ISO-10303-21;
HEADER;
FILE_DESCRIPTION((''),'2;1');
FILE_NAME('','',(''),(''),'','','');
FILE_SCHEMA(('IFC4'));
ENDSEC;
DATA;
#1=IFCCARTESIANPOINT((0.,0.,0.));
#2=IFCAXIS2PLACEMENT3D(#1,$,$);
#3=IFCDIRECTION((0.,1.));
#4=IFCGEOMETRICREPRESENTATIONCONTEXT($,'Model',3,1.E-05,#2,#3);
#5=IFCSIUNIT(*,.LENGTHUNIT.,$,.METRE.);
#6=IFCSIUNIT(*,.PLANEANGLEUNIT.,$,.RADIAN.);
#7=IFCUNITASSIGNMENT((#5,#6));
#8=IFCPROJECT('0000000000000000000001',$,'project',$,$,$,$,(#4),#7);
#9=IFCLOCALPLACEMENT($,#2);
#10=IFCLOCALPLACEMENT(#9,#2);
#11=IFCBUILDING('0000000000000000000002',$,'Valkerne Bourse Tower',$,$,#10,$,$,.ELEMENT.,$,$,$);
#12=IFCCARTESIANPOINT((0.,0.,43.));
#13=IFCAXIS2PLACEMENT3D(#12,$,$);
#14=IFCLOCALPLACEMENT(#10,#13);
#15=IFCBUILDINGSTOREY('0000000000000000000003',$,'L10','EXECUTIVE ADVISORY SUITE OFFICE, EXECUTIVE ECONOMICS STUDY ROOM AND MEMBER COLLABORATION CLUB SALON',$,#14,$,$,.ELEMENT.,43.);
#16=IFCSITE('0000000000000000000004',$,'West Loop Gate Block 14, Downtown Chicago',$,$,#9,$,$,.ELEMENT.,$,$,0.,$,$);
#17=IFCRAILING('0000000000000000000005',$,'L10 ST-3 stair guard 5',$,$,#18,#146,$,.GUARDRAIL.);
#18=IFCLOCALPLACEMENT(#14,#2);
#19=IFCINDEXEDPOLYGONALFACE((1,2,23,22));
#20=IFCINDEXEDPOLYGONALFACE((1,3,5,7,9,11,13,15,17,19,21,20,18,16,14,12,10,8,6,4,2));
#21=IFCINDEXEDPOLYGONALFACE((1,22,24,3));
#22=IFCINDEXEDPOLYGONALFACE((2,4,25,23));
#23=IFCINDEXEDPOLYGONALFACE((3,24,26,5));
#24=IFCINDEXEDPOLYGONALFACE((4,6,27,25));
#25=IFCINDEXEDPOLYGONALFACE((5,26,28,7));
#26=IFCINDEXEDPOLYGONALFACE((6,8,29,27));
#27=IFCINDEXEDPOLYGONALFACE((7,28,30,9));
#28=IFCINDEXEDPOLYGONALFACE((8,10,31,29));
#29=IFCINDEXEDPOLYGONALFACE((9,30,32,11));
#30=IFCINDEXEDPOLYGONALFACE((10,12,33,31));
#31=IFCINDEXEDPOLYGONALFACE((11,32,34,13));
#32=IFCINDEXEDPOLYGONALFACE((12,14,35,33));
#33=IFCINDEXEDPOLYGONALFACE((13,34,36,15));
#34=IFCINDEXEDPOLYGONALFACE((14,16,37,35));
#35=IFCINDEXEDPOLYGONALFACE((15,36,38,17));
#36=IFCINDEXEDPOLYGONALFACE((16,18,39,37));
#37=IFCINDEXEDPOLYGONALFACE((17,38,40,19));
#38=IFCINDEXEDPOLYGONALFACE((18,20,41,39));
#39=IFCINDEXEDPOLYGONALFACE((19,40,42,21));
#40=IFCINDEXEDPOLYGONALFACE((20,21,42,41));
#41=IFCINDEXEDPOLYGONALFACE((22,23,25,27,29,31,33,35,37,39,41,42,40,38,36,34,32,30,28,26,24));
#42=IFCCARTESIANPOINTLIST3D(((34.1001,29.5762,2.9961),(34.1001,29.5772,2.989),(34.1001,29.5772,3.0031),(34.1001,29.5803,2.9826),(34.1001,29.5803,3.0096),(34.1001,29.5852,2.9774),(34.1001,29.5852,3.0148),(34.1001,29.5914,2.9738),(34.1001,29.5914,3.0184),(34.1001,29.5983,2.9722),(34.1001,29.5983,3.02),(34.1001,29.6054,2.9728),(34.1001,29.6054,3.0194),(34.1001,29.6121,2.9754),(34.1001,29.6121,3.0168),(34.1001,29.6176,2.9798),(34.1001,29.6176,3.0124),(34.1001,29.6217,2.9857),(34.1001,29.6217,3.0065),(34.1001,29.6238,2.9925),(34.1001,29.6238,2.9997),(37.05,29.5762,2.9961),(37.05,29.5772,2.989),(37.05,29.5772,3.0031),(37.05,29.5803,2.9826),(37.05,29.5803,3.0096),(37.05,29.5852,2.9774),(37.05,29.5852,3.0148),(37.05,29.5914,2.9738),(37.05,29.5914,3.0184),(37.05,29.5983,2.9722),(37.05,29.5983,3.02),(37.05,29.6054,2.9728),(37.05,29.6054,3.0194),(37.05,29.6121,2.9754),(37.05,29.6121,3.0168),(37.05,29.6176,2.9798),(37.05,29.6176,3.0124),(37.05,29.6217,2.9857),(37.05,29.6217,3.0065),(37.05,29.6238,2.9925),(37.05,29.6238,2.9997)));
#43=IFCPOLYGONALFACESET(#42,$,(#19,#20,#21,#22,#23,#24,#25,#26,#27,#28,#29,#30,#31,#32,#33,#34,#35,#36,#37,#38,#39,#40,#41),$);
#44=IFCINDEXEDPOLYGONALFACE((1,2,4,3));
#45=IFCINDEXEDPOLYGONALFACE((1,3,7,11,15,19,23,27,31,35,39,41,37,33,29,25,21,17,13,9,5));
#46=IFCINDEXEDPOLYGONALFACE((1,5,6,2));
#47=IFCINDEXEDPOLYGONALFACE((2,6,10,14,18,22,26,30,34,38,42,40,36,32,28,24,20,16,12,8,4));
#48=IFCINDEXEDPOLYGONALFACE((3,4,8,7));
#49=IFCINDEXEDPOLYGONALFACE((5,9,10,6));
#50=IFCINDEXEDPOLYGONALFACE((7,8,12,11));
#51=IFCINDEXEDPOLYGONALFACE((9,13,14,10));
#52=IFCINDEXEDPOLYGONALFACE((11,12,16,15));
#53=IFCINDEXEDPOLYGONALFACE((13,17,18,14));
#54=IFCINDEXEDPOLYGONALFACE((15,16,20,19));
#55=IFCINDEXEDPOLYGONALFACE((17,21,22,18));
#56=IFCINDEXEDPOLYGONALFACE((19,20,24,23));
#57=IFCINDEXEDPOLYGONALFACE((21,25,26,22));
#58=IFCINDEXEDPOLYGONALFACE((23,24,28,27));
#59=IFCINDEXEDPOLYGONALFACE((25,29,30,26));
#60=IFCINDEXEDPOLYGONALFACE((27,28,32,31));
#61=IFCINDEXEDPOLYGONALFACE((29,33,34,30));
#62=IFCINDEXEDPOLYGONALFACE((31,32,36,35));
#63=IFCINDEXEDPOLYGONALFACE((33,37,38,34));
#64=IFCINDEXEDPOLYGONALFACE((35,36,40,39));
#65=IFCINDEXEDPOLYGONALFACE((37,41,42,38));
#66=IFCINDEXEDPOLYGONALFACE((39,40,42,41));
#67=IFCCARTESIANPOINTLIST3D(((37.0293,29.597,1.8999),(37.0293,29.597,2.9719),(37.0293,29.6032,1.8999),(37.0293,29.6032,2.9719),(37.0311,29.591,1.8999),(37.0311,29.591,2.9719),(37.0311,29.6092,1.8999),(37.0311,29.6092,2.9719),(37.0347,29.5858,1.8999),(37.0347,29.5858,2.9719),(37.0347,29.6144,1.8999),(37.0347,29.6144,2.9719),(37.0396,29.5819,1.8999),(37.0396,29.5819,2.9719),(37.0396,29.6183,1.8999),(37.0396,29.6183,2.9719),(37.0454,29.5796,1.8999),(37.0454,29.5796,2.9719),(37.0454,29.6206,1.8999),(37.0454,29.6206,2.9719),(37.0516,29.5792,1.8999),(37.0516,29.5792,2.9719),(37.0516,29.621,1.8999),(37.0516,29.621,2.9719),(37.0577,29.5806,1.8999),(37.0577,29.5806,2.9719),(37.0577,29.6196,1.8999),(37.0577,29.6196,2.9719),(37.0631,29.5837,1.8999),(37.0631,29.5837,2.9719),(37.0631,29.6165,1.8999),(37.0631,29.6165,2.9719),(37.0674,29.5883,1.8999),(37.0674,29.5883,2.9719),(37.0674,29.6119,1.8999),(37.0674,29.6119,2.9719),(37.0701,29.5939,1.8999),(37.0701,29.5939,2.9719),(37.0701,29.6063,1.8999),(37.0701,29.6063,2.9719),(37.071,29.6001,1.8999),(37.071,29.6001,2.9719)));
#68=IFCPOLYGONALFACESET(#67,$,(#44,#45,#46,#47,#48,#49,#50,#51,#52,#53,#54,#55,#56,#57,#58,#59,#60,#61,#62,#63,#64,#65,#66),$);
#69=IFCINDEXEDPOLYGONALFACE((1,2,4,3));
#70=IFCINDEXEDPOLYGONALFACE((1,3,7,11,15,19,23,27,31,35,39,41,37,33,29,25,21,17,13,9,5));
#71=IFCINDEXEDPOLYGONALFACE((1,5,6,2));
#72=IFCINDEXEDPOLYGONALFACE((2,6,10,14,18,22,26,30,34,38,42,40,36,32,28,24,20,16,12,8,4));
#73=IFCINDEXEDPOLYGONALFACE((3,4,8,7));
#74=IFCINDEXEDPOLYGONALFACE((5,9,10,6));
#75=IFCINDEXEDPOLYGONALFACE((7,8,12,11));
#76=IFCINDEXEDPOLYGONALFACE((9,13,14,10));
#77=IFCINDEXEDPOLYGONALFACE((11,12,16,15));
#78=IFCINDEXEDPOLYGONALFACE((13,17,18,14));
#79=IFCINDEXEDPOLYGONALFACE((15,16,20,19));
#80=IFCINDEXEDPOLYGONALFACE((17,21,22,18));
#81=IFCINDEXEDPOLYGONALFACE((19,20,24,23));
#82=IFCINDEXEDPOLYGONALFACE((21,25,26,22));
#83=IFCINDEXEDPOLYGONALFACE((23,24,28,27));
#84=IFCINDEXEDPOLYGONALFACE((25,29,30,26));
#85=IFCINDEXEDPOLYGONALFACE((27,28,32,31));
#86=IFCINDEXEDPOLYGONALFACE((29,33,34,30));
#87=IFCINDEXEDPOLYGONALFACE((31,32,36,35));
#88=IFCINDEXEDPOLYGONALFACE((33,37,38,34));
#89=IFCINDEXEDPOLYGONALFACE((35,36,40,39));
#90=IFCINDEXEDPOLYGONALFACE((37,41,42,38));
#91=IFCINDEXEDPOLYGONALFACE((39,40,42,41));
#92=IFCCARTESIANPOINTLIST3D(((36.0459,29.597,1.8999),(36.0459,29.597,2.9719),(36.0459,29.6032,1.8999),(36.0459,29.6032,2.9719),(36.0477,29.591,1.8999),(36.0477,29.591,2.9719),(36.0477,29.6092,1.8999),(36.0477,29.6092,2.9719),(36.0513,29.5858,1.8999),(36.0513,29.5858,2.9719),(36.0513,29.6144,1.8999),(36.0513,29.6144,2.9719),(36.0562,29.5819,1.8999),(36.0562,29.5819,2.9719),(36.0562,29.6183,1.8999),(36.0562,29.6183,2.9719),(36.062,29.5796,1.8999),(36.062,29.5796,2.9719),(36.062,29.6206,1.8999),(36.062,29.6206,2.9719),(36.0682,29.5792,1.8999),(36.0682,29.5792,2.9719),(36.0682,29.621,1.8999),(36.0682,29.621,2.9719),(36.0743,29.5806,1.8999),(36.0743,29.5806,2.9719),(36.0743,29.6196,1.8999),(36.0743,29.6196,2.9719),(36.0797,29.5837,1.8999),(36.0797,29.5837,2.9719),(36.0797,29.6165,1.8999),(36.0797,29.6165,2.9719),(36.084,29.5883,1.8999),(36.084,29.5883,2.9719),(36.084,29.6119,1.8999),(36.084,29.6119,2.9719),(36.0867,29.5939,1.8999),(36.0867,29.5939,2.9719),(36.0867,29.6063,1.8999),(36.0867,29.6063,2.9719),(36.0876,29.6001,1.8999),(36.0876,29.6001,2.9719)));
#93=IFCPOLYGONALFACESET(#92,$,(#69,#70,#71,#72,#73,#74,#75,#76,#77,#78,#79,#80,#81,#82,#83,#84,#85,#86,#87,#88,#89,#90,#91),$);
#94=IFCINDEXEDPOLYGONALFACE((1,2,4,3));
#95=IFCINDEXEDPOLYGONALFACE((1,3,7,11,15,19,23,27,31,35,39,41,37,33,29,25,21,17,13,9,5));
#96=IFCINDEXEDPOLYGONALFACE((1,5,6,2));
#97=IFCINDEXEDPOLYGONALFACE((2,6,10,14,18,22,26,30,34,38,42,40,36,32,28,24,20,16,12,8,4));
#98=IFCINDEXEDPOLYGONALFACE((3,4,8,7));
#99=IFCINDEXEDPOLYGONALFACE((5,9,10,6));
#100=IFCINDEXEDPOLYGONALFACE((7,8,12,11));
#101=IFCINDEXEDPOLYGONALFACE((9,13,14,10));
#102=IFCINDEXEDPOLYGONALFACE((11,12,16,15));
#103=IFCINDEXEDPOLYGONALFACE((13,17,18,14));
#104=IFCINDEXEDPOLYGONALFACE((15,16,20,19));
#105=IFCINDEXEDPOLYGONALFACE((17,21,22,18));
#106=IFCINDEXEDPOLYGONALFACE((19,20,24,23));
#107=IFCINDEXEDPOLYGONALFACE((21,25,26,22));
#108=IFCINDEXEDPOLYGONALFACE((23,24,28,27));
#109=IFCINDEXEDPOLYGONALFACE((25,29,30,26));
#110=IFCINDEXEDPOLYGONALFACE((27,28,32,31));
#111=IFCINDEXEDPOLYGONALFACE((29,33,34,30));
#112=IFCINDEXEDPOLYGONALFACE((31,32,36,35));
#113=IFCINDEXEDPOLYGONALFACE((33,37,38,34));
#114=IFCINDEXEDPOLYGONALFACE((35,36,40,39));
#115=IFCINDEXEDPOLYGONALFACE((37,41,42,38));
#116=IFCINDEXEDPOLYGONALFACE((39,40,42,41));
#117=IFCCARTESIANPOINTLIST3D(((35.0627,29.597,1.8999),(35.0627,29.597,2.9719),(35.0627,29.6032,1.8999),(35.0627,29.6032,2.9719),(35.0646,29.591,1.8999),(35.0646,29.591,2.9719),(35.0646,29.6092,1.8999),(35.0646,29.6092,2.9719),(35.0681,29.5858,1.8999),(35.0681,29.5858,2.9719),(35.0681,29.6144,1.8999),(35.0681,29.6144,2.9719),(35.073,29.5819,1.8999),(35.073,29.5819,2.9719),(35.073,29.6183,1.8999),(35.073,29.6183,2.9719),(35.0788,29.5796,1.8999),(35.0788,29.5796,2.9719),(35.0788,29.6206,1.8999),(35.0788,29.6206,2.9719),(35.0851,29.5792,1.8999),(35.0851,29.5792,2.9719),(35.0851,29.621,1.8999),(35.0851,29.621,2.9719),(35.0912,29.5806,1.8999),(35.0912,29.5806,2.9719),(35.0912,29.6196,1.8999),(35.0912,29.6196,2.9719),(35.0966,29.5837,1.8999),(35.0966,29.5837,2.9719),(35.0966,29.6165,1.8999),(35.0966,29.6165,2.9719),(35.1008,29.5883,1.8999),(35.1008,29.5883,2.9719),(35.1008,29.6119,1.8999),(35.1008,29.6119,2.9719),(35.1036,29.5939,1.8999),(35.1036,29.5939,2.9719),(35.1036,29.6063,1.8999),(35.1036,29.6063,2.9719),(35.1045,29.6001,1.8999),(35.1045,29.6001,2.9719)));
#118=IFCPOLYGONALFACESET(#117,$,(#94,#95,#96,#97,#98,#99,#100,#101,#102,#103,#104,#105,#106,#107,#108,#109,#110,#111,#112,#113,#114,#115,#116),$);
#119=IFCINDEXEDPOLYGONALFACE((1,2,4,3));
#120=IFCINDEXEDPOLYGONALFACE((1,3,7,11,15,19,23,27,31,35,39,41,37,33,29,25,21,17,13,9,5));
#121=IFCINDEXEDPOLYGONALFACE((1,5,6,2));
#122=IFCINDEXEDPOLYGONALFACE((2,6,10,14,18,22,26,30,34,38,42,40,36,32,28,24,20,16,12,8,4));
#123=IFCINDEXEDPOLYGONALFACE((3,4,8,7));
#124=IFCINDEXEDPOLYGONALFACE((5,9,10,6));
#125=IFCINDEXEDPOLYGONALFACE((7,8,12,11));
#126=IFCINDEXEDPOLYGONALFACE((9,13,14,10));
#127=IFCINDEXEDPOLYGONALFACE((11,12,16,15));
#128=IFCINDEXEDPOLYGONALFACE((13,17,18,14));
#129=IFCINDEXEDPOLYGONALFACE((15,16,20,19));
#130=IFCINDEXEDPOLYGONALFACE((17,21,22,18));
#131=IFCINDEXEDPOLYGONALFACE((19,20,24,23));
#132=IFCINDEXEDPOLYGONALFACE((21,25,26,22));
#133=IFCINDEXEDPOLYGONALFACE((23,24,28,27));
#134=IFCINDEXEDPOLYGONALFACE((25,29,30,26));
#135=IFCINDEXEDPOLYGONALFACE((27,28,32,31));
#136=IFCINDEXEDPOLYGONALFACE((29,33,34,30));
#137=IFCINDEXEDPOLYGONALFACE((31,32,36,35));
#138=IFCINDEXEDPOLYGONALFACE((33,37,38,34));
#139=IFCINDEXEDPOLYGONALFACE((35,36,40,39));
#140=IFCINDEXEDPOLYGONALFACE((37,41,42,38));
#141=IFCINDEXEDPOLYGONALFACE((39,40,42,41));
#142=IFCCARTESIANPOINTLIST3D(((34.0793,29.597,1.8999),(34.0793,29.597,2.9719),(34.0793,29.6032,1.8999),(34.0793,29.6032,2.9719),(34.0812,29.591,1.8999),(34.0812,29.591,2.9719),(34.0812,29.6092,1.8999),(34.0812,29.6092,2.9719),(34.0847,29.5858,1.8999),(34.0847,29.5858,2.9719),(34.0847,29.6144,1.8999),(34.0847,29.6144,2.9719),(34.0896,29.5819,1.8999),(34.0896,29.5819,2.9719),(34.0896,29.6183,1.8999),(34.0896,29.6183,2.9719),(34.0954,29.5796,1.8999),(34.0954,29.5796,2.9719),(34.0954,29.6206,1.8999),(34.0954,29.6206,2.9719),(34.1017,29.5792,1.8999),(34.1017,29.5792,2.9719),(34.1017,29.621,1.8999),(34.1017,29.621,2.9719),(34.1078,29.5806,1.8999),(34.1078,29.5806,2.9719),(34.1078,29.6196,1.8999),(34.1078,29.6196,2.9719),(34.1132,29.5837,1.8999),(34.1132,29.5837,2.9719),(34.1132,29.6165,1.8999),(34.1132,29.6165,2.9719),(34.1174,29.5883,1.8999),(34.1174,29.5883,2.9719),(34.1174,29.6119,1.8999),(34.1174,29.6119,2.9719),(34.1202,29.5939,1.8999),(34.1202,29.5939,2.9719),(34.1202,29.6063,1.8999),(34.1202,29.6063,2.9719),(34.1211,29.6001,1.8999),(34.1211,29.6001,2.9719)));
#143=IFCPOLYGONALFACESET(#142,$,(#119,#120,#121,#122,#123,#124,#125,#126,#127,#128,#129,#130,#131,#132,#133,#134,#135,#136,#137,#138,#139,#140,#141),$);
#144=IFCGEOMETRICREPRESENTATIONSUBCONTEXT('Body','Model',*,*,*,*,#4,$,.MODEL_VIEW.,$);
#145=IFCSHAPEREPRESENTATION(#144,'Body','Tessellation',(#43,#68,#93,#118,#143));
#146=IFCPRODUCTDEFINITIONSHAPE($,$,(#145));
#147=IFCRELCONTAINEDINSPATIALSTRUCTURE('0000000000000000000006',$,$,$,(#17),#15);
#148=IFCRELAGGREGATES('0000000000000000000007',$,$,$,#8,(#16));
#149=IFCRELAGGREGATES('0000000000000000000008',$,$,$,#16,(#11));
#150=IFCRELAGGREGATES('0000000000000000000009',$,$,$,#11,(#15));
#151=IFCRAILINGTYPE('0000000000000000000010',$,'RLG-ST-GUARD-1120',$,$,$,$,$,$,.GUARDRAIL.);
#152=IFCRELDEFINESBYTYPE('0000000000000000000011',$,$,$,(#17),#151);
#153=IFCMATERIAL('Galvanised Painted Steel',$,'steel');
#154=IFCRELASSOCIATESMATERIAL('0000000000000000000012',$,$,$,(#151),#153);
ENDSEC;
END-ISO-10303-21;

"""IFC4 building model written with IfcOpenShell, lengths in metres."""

from ifc_helpers import new_model, si_unit, direction, frame, origin, origin_2d, place, context, subcontext, project, spatial, circle, extrude, material, type_object, element, save


model = new_model("IFC4")

# Units and contexts
model_context = context("Model", 3, precision=1e-05, world=origin(), true_north=direction((0.0, 1.0)))
body_context = subcontext(model_context, "Body", "Model", "MODEL_VIEW")
ifc_project = project(units=[si_unit("LENGTHUNIT", "METRE"), si_unit("PLANEANGLEUNIT", "RADIAN")], contexts=[model_context])

# Site, building, storey
site_placement = place(None, origin())
site = spatial("IfcSite", under=ifc_project, at=site_placement, Name="West Loop Gate Block 14, Downtown Chicago", CompositionType="ELEMENT", RefElevation=0.0)
building_placement = place(site_placement, origin())
building = spatial("IfcBuilding", under=site, at=building_placement, Name="Valkerne Bourse Tower", CompositionType="ELEMENT")
storey_placement = place(building_placement, frame((0.0, 0.0, 43.0)))
storey = spatial("IfcBuildingStorey", under=building, at=storey_placement, Name="L10", Description="EXECUTIVE ADVISORY SUITE OFFICE, EXECUTIVE ECONOMICS STUDY ROOM AND MEMBER COLLABORATION CLUB SALON", CompositionType="ELEMENT", Elevation=43.0)

# Shared definitions
ifc_material_1 = material(Name="Galvanised Painted Steel", Category="steel")

# Railing
railing_type_1 = type_object("IfcRailingType", Name="RLG-ST-GUARD-1120", PredefinedType="GUARDRAIL", material=ifc_material_1)
railing_1_placement = place(storey_placement, frame((37.05, 29.6001, 1.8999)))
element("IfcRailing", 1, at=railing_1_placement, inside=storey, type_object=railing_type_1, Name="L10 ST-3 stair guard 5", PredefinedType="GUARDRAIL", context=body_context, shape_type="SweptSolid", body=[
    extrude(circle(Radius=0.0239, at=origin_2d()), frame((0.0, 0.0, 1.0962), z_axis=(-1.0, 0.0, 0.0), x_axis=(0.0, -1.0, 0.0)), (0.0, 0.0, 1.0), 2.95),
    extrude(circle(Radius=0.021, at=origin_2d()), origin(), (0.0, 0.0, 1.0), 1.072),
    extrude(circle(Radius=0.021, at=origin_2d()), frame((-0.9834, 0.0, 0.0)), (0.0, 0.0, 1.0), 1.072),
    extrude(circle(Radius=0.021, at=origin_2d()), frame((-1.9666, 0.0, 0.0)), (0.0, 0.0, 1.0), 1.072),
    extrude(circle(Radius=0.021, at=origin_2d()), frame((-2.95, 0.0, 0.0)), (0.0, 0.0, 1.0), 1.072),
])

save(model, "model.ifc")
